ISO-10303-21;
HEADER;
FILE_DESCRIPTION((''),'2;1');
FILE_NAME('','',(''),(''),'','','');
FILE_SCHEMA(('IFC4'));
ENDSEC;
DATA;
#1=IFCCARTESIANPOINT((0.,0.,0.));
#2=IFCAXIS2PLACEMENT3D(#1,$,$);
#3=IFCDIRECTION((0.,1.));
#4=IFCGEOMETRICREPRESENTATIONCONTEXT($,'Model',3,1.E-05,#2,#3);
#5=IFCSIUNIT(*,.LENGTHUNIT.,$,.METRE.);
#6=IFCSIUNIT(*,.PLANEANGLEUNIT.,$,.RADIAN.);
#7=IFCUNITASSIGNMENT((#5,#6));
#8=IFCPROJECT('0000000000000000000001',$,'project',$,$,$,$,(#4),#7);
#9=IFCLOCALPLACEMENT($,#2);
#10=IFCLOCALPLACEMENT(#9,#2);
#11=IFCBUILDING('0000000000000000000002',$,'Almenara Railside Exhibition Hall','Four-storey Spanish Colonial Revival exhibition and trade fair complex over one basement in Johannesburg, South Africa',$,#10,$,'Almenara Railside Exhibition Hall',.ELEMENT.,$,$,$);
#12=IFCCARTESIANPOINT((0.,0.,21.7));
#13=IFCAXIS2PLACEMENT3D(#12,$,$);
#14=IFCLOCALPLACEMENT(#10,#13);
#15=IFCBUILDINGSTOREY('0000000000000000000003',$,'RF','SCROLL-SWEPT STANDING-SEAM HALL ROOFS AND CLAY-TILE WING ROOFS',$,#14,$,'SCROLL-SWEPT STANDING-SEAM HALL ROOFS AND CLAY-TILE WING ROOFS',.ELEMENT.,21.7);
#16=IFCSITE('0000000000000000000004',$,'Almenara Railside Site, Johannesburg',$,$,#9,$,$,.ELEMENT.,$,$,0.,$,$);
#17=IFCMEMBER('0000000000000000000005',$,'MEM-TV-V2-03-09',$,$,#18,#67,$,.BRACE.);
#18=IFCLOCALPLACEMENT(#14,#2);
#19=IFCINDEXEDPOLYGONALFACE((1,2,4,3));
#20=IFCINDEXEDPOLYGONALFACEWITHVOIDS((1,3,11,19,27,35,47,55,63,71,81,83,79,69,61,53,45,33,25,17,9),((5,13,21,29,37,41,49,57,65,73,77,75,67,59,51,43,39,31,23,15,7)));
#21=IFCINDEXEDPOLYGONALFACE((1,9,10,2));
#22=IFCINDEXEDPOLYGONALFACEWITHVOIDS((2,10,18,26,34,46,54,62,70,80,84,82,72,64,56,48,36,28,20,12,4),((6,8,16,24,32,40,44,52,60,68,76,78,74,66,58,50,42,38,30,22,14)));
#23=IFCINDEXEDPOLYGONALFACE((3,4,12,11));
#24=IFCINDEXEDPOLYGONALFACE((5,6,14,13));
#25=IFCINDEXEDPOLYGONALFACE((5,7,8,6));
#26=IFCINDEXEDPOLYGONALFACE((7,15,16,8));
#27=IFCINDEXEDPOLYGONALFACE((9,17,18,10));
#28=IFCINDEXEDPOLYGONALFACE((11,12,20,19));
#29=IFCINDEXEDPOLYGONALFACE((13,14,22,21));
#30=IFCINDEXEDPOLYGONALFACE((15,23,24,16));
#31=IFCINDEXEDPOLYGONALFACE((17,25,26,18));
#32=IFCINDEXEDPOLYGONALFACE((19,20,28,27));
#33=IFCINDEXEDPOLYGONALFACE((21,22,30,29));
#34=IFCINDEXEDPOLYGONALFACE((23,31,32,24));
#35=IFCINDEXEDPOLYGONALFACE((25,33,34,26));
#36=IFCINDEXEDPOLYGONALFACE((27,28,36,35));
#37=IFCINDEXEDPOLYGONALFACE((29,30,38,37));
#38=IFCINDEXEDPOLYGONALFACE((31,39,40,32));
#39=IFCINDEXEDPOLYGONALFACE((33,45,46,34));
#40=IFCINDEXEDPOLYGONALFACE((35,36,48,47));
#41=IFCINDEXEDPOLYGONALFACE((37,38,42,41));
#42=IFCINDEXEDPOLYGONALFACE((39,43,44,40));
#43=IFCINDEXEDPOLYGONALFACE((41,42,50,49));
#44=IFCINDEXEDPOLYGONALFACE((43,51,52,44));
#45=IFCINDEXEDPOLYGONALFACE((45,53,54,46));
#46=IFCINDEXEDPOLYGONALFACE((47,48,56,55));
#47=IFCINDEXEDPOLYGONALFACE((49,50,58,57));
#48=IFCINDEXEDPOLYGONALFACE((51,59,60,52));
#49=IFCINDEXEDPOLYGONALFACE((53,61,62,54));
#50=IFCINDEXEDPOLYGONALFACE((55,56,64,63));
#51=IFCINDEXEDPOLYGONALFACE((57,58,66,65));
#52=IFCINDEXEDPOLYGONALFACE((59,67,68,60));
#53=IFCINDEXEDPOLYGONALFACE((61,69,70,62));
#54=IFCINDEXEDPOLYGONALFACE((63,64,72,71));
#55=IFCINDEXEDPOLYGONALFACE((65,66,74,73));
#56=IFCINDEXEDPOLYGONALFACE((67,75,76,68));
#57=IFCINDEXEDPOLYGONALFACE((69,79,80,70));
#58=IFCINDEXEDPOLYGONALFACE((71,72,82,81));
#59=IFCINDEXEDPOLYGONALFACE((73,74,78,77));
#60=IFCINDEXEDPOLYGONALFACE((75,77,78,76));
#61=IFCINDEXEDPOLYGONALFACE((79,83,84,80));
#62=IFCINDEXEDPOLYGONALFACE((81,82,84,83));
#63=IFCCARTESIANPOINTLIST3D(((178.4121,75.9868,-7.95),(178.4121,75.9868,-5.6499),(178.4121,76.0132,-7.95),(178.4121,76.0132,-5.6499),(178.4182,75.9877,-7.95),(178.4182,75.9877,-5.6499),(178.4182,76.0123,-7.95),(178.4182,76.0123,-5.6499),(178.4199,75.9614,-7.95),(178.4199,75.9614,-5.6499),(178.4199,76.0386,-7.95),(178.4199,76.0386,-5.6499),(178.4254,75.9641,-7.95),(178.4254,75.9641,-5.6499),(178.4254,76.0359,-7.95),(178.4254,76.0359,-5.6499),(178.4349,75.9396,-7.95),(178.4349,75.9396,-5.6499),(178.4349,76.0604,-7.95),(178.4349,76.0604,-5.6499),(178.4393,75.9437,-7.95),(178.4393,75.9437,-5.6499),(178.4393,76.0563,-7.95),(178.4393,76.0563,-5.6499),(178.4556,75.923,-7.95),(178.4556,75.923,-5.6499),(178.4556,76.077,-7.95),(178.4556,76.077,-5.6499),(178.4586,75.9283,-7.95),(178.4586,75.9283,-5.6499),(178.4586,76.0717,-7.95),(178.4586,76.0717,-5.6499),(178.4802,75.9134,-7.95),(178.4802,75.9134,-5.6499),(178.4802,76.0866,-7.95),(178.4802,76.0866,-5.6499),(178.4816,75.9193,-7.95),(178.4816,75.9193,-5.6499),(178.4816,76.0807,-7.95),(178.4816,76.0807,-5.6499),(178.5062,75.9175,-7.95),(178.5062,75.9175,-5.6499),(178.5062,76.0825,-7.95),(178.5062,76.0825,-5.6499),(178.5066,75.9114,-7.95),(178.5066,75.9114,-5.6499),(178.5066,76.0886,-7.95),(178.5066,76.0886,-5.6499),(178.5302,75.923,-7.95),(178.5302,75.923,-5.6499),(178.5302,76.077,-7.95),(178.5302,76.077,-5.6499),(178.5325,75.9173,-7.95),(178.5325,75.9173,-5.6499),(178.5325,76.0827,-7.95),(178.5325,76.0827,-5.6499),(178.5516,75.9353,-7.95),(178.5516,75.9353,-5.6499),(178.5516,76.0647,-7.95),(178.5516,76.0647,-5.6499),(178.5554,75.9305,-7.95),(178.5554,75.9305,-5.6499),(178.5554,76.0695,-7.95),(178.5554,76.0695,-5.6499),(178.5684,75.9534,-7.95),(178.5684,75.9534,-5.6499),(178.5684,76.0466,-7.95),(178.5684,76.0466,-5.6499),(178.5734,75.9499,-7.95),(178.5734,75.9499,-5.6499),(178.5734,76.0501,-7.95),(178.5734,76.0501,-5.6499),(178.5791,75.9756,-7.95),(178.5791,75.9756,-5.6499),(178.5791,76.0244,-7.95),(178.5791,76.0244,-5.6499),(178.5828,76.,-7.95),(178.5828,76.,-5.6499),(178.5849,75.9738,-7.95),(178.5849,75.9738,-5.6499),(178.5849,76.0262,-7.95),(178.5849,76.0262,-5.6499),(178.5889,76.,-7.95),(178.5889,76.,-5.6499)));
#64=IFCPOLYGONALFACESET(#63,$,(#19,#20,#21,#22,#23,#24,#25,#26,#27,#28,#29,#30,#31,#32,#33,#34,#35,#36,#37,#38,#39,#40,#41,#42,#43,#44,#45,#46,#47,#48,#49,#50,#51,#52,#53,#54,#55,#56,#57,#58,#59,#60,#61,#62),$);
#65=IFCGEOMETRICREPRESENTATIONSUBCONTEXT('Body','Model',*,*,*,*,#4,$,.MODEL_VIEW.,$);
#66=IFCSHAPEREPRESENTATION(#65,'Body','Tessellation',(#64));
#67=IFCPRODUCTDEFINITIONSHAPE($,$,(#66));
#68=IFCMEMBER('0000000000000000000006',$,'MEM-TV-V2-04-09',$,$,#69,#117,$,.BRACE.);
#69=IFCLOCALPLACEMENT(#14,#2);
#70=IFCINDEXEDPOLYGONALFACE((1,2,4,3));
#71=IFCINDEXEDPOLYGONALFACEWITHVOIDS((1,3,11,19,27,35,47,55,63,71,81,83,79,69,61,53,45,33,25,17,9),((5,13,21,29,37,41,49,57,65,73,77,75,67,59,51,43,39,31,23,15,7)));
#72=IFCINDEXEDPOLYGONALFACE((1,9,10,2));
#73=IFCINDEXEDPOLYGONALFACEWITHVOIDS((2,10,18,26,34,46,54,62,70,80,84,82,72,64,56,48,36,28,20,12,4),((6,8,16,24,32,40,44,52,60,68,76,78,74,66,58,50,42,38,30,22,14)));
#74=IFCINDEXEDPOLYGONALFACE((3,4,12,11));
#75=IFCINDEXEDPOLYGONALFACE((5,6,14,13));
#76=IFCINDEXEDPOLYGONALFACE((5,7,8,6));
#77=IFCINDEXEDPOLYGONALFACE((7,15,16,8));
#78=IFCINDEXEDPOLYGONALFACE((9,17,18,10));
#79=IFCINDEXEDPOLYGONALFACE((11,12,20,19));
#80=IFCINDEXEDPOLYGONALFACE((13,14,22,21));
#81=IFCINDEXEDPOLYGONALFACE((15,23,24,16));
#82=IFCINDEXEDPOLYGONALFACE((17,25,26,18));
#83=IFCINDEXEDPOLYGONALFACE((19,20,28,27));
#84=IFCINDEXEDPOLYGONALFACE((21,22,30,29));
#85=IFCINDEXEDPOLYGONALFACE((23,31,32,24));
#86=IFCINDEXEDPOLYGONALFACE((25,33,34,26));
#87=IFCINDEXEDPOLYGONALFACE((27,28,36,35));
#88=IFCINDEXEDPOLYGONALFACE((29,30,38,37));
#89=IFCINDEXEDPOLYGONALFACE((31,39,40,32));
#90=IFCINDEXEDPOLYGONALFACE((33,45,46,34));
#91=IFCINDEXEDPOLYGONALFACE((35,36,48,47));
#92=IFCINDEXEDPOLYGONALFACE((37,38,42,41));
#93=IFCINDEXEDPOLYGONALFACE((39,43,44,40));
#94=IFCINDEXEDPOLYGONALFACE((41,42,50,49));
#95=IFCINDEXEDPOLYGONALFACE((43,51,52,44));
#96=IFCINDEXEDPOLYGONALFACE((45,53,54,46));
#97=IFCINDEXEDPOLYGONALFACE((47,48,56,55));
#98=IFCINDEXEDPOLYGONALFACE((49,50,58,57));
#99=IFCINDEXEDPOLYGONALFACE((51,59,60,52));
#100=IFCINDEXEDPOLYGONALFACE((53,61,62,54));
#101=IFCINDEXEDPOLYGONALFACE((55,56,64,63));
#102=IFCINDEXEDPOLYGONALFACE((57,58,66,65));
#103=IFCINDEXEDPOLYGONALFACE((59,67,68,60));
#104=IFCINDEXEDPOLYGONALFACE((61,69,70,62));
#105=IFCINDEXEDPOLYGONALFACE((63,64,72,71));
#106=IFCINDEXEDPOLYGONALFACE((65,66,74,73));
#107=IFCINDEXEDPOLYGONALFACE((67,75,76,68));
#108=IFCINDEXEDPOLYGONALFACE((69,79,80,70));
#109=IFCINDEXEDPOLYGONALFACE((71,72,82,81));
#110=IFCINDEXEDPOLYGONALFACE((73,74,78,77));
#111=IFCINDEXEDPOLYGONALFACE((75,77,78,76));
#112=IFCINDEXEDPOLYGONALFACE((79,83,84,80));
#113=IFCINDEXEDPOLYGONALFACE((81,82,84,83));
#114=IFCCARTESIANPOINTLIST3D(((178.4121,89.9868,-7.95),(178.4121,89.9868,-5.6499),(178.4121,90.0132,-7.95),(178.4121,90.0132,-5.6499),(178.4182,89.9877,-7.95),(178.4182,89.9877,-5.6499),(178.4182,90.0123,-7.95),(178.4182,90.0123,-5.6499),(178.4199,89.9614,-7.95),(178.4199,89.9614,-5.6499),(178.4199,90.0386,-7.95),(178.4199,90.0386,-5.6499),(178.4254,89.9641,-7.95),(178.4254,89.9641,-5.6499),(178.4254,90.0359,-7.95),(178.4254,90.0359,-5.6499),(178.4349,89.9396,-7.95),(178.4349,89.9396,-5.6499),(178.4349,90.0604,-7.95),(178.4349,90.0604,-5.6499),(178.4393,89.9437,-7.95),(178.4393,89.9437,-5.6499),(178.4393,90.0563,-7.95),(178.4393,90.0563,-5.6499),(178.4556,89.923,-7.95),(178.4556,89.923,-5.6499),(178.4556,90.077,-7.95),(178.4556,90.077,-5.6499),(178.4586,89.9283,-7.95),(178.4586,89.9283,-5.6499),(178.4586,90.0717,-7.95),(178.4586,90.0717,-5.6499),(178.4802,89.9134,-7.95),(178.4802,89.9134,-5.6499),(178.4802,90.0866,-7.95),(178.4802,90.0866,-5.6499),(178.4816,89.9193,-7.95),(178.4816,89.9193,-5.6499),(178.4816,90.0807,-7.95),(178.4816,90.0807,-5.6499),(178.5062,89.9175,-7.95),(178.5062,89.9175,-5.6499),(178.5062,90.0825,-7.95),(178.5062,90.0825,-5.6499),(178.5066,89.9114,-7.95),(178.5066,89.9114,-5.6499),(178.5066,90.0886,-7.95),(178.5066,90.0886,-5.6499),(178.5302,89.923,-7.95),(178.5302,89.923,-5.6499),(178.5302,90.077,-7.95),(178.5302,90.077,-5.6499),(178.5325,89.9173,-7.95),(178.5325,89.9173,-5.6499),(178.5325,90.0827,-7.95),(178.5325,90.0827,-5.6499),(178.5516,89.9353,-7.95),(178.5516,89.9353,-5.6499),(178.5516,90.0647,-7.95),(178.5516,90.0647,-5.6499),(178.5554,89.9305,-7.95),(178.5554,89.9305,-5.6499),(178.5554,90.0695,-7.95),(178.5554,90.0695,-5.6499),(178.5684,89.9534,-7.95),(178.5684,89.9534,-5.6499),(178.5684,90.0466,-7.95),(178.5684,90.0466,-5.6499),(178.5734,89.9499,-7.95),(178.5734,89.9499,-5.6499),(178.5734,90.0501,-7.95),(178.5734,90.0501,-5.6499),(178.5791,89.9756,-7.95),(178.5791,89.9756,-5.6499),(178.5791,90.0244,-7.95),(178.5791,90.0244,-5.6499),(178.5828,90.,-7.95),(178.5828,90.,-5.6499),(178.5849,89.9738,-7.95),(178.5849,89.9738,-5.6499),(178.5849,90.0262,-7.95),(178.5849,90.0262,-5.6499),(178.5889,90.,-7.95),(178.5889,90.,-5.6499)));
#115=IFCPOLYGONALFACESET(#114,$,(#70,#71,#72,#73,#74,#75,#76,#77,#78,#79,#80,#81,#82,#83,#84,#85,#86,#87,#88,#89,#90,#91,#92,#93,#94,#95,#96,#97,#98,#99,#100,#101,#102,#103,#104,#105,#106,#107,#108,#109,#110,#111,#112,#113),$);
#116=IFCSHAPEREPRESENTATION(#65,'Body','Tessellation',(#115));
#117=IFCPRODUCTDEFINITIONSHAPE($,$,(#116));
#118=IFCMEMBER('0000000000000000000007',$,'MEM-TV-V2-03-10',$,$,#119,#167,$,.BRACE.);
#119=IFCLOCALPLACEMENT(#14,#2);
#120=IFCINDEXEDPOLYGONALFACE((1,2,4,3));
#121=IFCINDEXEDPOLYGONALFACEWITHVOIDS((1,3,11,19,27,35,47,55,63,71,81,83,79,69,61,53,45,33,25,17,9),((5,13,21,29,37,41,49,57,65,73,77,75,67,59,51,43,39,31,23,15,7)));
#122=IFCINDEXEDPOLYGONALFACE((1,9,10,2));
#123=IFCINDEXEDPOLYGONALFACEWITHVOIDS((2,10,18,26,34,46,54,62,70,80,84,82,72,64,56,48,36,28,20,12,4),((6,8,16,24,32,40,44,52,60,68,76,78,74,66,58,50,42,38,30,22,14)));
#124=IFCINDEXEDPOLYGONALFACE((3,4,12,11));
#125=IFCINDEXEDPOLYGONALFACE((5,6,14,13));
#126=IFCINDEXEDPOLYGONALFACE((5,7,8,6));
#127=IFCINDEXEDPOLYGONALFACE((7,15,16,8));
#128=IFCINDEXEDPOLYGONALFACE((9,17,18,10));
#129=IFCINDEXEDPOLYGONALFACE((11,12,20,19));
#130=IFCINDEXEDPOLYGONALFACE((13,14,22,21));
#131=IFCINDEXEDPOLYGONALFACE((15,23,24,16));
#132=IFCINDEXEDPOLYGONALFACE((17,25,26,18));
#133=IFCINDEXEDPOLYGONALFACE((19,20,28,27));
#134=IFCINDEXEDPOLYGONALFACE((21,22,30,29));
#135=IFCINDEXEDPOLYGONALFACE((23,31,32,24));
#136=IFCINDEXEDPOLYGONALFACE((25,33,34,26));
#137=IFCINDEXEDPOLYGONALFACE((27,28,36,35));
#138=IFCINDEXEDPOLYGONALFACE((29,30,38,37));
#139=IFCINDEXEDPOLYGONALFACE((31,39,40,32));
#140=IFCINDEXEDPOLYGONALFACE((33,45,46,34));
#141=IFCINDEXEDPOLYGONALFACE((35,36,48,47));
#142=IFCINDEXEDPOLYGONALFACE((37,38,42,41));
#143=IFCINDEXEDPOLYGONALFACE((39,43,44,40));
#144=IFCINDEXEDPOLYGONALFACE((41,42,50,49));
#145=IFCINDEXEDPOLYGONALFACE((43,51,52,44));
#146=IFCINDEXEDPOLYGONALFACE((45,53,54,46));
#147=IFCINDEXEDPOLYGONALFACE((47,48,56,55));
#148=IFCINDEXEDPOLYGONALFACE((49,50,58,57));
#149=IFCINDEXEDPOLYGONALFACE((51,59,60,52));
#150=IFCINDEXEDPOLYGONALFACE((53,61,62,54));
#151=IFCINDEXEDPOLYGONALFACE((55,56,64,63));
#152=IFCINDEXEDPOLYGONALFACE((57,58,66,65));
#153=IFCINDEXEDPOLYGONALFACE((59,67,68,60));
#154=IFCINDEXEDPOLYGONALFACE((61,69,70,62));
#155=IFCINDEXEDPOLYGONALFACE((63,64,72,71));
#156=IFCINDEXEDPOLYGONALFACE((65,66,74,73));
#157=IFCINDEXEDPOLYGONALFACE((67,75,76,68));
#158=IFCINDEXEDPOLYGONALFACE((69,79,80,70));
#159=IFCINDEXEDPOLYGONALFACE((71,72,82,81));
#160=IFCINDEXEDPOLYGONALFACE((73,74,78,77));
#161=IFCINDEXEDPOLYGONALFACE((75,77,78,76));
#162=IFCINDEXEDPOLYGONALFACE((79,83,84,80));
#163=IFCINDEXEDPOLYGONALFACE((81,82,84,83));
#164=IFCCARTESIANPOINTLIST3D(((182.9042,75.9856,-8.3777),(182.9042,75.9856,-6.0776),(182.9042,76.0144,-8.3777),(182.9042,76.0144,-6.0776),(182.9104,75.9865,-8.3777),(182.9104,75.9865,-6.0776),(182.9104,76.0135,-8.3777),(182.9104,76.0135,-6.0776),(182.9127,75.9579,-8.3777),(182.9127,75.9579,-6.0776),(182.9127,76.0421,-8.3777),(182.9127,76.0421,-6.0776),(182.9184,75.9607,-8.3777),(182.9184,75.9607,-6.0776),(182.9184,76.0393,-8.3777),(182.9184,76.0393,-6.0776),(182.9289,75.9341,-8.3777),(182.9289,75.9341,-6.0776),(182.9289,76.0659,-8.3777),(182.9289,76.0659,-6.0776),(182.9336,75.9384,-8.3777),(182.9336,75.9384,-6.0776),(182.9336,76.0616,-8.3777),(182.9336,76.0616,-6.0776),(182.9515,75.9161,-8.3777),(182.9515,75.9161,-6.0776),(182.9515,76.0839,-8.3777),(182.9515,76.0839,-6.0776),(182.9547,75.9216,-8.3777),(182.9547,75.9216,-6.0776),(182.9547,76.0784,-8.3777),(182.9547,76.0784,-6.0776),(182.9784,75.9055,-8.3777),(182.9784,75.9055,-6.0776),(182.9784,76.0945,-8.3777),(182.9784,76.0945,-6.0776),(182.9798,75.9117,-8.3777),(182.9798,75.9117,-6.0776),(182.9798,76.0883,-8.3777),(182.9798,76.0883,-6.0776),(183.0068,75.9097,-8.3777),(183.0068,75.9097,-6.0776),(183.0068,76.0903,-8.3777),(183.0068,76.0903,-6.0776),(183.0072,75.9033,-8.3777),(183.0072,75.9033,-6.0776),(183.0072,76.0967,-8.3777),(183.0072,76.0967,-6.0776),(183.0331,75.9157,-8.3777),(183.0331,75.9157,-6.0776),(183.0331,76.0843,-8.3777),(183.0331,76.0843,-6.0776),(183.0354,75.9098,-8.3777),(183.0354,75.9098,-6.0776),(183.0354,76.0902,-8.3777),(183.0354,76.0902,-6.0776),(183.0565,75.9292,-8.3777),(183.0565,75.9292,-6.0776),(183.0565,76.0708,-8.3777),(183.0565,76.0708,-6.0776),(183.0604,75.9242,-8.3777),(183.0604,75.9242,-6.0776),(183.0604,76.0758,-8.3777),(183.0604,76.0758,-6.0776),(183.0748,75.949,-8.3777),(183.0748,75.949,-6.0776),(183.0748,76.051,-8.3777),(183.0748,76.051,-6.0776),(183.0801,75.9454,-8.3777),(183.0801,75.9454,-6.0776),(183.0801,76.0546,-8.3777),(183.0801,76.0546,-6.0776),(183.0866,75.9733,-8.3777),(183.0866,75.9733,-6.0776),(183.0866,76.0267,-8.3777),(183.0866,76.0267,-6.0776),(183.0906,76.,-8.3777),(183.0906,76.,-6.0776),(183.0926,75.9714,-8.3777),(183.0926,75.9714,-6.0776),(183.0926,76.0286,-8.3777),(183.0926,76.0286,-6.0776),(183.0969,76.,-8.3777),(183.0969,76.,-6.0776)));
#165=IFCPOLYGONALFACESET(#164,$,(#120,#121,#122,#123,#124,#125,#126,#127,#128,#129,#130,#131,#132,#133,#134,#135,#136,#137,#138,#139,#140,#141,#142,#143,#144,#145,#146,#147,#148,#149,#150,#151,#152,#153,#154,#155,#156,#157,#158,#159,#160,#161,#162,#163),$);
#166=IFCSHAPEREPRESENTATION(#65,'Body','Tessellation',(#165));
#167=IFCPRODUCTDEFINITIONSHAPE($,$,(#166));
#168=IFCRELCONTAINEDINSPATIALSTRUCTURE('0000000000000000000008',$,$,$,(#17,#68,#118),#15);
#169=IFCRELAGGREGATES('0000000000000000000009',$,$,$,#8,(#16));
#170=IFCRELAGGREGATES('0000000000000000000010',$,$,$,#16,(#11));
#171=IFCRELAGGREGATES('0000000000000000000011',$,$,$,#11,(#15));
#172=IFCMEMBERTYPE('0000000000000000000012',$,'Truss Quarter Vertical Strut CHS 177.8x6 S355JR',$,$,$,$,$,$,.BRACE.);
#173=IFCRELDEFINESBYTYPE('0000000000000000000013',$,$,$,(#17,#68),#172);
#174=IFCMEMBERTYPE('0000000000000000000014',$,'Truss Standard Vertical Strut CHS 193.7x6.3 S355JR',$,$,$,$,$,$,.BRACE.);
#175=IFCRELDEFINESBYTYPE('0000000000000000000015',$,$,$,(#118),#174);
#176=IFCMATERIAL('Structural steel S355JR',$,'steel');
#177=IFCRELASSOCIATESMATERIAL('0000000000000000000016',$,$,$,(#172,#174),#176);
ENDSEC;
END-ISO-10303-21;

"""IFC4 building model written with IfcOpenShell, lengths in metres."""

from ifc_helpers import new_model, si_unit, direction, frame, origin, origin_2d, place, context, subcontext, project, spatial, hollow_circle, extrude, material, material_profile, profile_set, type_object, element, save


model = new_model("IFC4")

# Units and contexts
model_context = context("Model", 3, precision=1e-05, world=origin(), true_north=direction((0.0, 1.0)))
body_context = subcontext(model_context, "Body", "Model", "MODEL_VIEW")
ifc_project = project(units=[si_unit("LENGTHUNIT", "METRE"), si_unit("PLANEANGLEUNIT", "RADIAN")], contexts=[model_context])

# Site, building, storey
site_placement = place(None, origin())
site = spatial("IfcSite", under=ifc_project, at=site_placement, Name="Almenara Railside Site, Johannesburg", CompositionType="ELEMENT", RefElevation=0.0)
building_placement = place(site_placement, origin())
building = spatial("IfcBuilding", under=site, at=building_placement, Name="Almenara Railside Exhibition Hall", Description="Four-storey Spanish Colonial Revival exhibition and trade fair complex over one basement in Johannesburg, South Africa", LongName="Almenara Railside Exhibition Hall", CompositionType="ELEMENT")
storey_placement = place(building_placement, frame((0.0, 0.0, 21.7)))
storey = spatial("IfcBuildingStorey", under=building, at=storey_placement, Name="RF", Description="SCROLL-SWEPT STANDING-SEAM HALL ROOFS AND CLAY-TILE WING ROOFS", LongName="SCROLL-SWEPT STANDING-SEAM HALL ROOFS AND CLAY-TILE WING ROOFS", CompositionType="ELEMENT", Elevation=21.7)

# Shared definitions
ifc_material_1 = material(Name="Structural steel S355JR", Category="steel")

# Members
ifc_material_profile_1 = material_profile(ifc_material_1, hollow_circle(Radius=0.0889, WallThickness=0.0061, at=origin_2d()), Name="CHS 177.8x6")
ifc_profile_set_1 = profile_set([ifc_material_profile_1], Name="Structural steel S355JR")
member_type_1 = type_object("IfcMemberType", Name="Truss Quarter Vertical Strut CHS 177.8x6 S355JR", PredefinedType="BRACE", material=ifc_profile_set_1)
for number, where, z_axis, x_axis, name in (
    (1, (178.5, 76.0, -7.95), (0.0, 0.0, 1.0), (1.0, 0.0, 0.0), "MEM-TV-V2-03-09"),
    (2, (178.5, 90.0, -7.95), (0.0, 0.0, 1.0), (1.0, 0.0, 0.0), "MEM-TV-V2-04-09"),
):
    element("IfcMember", number, at=place(storey_placement, frame(where, z_axis=z_axis, x_axis=x_axis)), inside=storey, type_object=member_type_1, Name=name, PredefinedType="BRACE", context=body_context, shape_type="SweptSolid", body=[
        extrude(hollow_circle(Radius=0.0889, WallThickness=0.0061, at=origin_2d()), origin(), (0.0, 0.0, 1.0), 2.3),
    ])
ifc_material_profile_2 = material_profile(ifc_material_1, hollow_circle(Radius=0.0969, WallThickness=0.0063, at=origin_2d()), Name="CHS 193.7x6.3")
ifc_profile_set_2 = profile_set([ifc_material_profile_2], Name="Structural steel S355JR")
member_type_2 = type_object("IfcMemberType", Name="Truss Standard Vertical Strut CHS 193.7x6.3 S355JR", PredefinedType="BRACE", material=ifc_profile_set_2)
member_1_placement = place(storey_placement, frame((183.0, 76.0, -8.3777), z_axis=(0.0, 0.0, 1.0), x_axis=(1.0, 0.0, 0.0)))
element("IfcMember", 3, at=member_1_placement, inside=storey, type_object=member_type_2, Name="MEM-TV-V2-03-10", PredefinedType="BRACE", context=body_context, shape_type="SweptSolid", body=[
    extrude(hollow_circle(Radius=0.0969, WallThickness=0.0063, at=origin_2d()), origin(), (0.0, 0.0, 1.0), 2.3),
])

save(model, "model.ifc")
